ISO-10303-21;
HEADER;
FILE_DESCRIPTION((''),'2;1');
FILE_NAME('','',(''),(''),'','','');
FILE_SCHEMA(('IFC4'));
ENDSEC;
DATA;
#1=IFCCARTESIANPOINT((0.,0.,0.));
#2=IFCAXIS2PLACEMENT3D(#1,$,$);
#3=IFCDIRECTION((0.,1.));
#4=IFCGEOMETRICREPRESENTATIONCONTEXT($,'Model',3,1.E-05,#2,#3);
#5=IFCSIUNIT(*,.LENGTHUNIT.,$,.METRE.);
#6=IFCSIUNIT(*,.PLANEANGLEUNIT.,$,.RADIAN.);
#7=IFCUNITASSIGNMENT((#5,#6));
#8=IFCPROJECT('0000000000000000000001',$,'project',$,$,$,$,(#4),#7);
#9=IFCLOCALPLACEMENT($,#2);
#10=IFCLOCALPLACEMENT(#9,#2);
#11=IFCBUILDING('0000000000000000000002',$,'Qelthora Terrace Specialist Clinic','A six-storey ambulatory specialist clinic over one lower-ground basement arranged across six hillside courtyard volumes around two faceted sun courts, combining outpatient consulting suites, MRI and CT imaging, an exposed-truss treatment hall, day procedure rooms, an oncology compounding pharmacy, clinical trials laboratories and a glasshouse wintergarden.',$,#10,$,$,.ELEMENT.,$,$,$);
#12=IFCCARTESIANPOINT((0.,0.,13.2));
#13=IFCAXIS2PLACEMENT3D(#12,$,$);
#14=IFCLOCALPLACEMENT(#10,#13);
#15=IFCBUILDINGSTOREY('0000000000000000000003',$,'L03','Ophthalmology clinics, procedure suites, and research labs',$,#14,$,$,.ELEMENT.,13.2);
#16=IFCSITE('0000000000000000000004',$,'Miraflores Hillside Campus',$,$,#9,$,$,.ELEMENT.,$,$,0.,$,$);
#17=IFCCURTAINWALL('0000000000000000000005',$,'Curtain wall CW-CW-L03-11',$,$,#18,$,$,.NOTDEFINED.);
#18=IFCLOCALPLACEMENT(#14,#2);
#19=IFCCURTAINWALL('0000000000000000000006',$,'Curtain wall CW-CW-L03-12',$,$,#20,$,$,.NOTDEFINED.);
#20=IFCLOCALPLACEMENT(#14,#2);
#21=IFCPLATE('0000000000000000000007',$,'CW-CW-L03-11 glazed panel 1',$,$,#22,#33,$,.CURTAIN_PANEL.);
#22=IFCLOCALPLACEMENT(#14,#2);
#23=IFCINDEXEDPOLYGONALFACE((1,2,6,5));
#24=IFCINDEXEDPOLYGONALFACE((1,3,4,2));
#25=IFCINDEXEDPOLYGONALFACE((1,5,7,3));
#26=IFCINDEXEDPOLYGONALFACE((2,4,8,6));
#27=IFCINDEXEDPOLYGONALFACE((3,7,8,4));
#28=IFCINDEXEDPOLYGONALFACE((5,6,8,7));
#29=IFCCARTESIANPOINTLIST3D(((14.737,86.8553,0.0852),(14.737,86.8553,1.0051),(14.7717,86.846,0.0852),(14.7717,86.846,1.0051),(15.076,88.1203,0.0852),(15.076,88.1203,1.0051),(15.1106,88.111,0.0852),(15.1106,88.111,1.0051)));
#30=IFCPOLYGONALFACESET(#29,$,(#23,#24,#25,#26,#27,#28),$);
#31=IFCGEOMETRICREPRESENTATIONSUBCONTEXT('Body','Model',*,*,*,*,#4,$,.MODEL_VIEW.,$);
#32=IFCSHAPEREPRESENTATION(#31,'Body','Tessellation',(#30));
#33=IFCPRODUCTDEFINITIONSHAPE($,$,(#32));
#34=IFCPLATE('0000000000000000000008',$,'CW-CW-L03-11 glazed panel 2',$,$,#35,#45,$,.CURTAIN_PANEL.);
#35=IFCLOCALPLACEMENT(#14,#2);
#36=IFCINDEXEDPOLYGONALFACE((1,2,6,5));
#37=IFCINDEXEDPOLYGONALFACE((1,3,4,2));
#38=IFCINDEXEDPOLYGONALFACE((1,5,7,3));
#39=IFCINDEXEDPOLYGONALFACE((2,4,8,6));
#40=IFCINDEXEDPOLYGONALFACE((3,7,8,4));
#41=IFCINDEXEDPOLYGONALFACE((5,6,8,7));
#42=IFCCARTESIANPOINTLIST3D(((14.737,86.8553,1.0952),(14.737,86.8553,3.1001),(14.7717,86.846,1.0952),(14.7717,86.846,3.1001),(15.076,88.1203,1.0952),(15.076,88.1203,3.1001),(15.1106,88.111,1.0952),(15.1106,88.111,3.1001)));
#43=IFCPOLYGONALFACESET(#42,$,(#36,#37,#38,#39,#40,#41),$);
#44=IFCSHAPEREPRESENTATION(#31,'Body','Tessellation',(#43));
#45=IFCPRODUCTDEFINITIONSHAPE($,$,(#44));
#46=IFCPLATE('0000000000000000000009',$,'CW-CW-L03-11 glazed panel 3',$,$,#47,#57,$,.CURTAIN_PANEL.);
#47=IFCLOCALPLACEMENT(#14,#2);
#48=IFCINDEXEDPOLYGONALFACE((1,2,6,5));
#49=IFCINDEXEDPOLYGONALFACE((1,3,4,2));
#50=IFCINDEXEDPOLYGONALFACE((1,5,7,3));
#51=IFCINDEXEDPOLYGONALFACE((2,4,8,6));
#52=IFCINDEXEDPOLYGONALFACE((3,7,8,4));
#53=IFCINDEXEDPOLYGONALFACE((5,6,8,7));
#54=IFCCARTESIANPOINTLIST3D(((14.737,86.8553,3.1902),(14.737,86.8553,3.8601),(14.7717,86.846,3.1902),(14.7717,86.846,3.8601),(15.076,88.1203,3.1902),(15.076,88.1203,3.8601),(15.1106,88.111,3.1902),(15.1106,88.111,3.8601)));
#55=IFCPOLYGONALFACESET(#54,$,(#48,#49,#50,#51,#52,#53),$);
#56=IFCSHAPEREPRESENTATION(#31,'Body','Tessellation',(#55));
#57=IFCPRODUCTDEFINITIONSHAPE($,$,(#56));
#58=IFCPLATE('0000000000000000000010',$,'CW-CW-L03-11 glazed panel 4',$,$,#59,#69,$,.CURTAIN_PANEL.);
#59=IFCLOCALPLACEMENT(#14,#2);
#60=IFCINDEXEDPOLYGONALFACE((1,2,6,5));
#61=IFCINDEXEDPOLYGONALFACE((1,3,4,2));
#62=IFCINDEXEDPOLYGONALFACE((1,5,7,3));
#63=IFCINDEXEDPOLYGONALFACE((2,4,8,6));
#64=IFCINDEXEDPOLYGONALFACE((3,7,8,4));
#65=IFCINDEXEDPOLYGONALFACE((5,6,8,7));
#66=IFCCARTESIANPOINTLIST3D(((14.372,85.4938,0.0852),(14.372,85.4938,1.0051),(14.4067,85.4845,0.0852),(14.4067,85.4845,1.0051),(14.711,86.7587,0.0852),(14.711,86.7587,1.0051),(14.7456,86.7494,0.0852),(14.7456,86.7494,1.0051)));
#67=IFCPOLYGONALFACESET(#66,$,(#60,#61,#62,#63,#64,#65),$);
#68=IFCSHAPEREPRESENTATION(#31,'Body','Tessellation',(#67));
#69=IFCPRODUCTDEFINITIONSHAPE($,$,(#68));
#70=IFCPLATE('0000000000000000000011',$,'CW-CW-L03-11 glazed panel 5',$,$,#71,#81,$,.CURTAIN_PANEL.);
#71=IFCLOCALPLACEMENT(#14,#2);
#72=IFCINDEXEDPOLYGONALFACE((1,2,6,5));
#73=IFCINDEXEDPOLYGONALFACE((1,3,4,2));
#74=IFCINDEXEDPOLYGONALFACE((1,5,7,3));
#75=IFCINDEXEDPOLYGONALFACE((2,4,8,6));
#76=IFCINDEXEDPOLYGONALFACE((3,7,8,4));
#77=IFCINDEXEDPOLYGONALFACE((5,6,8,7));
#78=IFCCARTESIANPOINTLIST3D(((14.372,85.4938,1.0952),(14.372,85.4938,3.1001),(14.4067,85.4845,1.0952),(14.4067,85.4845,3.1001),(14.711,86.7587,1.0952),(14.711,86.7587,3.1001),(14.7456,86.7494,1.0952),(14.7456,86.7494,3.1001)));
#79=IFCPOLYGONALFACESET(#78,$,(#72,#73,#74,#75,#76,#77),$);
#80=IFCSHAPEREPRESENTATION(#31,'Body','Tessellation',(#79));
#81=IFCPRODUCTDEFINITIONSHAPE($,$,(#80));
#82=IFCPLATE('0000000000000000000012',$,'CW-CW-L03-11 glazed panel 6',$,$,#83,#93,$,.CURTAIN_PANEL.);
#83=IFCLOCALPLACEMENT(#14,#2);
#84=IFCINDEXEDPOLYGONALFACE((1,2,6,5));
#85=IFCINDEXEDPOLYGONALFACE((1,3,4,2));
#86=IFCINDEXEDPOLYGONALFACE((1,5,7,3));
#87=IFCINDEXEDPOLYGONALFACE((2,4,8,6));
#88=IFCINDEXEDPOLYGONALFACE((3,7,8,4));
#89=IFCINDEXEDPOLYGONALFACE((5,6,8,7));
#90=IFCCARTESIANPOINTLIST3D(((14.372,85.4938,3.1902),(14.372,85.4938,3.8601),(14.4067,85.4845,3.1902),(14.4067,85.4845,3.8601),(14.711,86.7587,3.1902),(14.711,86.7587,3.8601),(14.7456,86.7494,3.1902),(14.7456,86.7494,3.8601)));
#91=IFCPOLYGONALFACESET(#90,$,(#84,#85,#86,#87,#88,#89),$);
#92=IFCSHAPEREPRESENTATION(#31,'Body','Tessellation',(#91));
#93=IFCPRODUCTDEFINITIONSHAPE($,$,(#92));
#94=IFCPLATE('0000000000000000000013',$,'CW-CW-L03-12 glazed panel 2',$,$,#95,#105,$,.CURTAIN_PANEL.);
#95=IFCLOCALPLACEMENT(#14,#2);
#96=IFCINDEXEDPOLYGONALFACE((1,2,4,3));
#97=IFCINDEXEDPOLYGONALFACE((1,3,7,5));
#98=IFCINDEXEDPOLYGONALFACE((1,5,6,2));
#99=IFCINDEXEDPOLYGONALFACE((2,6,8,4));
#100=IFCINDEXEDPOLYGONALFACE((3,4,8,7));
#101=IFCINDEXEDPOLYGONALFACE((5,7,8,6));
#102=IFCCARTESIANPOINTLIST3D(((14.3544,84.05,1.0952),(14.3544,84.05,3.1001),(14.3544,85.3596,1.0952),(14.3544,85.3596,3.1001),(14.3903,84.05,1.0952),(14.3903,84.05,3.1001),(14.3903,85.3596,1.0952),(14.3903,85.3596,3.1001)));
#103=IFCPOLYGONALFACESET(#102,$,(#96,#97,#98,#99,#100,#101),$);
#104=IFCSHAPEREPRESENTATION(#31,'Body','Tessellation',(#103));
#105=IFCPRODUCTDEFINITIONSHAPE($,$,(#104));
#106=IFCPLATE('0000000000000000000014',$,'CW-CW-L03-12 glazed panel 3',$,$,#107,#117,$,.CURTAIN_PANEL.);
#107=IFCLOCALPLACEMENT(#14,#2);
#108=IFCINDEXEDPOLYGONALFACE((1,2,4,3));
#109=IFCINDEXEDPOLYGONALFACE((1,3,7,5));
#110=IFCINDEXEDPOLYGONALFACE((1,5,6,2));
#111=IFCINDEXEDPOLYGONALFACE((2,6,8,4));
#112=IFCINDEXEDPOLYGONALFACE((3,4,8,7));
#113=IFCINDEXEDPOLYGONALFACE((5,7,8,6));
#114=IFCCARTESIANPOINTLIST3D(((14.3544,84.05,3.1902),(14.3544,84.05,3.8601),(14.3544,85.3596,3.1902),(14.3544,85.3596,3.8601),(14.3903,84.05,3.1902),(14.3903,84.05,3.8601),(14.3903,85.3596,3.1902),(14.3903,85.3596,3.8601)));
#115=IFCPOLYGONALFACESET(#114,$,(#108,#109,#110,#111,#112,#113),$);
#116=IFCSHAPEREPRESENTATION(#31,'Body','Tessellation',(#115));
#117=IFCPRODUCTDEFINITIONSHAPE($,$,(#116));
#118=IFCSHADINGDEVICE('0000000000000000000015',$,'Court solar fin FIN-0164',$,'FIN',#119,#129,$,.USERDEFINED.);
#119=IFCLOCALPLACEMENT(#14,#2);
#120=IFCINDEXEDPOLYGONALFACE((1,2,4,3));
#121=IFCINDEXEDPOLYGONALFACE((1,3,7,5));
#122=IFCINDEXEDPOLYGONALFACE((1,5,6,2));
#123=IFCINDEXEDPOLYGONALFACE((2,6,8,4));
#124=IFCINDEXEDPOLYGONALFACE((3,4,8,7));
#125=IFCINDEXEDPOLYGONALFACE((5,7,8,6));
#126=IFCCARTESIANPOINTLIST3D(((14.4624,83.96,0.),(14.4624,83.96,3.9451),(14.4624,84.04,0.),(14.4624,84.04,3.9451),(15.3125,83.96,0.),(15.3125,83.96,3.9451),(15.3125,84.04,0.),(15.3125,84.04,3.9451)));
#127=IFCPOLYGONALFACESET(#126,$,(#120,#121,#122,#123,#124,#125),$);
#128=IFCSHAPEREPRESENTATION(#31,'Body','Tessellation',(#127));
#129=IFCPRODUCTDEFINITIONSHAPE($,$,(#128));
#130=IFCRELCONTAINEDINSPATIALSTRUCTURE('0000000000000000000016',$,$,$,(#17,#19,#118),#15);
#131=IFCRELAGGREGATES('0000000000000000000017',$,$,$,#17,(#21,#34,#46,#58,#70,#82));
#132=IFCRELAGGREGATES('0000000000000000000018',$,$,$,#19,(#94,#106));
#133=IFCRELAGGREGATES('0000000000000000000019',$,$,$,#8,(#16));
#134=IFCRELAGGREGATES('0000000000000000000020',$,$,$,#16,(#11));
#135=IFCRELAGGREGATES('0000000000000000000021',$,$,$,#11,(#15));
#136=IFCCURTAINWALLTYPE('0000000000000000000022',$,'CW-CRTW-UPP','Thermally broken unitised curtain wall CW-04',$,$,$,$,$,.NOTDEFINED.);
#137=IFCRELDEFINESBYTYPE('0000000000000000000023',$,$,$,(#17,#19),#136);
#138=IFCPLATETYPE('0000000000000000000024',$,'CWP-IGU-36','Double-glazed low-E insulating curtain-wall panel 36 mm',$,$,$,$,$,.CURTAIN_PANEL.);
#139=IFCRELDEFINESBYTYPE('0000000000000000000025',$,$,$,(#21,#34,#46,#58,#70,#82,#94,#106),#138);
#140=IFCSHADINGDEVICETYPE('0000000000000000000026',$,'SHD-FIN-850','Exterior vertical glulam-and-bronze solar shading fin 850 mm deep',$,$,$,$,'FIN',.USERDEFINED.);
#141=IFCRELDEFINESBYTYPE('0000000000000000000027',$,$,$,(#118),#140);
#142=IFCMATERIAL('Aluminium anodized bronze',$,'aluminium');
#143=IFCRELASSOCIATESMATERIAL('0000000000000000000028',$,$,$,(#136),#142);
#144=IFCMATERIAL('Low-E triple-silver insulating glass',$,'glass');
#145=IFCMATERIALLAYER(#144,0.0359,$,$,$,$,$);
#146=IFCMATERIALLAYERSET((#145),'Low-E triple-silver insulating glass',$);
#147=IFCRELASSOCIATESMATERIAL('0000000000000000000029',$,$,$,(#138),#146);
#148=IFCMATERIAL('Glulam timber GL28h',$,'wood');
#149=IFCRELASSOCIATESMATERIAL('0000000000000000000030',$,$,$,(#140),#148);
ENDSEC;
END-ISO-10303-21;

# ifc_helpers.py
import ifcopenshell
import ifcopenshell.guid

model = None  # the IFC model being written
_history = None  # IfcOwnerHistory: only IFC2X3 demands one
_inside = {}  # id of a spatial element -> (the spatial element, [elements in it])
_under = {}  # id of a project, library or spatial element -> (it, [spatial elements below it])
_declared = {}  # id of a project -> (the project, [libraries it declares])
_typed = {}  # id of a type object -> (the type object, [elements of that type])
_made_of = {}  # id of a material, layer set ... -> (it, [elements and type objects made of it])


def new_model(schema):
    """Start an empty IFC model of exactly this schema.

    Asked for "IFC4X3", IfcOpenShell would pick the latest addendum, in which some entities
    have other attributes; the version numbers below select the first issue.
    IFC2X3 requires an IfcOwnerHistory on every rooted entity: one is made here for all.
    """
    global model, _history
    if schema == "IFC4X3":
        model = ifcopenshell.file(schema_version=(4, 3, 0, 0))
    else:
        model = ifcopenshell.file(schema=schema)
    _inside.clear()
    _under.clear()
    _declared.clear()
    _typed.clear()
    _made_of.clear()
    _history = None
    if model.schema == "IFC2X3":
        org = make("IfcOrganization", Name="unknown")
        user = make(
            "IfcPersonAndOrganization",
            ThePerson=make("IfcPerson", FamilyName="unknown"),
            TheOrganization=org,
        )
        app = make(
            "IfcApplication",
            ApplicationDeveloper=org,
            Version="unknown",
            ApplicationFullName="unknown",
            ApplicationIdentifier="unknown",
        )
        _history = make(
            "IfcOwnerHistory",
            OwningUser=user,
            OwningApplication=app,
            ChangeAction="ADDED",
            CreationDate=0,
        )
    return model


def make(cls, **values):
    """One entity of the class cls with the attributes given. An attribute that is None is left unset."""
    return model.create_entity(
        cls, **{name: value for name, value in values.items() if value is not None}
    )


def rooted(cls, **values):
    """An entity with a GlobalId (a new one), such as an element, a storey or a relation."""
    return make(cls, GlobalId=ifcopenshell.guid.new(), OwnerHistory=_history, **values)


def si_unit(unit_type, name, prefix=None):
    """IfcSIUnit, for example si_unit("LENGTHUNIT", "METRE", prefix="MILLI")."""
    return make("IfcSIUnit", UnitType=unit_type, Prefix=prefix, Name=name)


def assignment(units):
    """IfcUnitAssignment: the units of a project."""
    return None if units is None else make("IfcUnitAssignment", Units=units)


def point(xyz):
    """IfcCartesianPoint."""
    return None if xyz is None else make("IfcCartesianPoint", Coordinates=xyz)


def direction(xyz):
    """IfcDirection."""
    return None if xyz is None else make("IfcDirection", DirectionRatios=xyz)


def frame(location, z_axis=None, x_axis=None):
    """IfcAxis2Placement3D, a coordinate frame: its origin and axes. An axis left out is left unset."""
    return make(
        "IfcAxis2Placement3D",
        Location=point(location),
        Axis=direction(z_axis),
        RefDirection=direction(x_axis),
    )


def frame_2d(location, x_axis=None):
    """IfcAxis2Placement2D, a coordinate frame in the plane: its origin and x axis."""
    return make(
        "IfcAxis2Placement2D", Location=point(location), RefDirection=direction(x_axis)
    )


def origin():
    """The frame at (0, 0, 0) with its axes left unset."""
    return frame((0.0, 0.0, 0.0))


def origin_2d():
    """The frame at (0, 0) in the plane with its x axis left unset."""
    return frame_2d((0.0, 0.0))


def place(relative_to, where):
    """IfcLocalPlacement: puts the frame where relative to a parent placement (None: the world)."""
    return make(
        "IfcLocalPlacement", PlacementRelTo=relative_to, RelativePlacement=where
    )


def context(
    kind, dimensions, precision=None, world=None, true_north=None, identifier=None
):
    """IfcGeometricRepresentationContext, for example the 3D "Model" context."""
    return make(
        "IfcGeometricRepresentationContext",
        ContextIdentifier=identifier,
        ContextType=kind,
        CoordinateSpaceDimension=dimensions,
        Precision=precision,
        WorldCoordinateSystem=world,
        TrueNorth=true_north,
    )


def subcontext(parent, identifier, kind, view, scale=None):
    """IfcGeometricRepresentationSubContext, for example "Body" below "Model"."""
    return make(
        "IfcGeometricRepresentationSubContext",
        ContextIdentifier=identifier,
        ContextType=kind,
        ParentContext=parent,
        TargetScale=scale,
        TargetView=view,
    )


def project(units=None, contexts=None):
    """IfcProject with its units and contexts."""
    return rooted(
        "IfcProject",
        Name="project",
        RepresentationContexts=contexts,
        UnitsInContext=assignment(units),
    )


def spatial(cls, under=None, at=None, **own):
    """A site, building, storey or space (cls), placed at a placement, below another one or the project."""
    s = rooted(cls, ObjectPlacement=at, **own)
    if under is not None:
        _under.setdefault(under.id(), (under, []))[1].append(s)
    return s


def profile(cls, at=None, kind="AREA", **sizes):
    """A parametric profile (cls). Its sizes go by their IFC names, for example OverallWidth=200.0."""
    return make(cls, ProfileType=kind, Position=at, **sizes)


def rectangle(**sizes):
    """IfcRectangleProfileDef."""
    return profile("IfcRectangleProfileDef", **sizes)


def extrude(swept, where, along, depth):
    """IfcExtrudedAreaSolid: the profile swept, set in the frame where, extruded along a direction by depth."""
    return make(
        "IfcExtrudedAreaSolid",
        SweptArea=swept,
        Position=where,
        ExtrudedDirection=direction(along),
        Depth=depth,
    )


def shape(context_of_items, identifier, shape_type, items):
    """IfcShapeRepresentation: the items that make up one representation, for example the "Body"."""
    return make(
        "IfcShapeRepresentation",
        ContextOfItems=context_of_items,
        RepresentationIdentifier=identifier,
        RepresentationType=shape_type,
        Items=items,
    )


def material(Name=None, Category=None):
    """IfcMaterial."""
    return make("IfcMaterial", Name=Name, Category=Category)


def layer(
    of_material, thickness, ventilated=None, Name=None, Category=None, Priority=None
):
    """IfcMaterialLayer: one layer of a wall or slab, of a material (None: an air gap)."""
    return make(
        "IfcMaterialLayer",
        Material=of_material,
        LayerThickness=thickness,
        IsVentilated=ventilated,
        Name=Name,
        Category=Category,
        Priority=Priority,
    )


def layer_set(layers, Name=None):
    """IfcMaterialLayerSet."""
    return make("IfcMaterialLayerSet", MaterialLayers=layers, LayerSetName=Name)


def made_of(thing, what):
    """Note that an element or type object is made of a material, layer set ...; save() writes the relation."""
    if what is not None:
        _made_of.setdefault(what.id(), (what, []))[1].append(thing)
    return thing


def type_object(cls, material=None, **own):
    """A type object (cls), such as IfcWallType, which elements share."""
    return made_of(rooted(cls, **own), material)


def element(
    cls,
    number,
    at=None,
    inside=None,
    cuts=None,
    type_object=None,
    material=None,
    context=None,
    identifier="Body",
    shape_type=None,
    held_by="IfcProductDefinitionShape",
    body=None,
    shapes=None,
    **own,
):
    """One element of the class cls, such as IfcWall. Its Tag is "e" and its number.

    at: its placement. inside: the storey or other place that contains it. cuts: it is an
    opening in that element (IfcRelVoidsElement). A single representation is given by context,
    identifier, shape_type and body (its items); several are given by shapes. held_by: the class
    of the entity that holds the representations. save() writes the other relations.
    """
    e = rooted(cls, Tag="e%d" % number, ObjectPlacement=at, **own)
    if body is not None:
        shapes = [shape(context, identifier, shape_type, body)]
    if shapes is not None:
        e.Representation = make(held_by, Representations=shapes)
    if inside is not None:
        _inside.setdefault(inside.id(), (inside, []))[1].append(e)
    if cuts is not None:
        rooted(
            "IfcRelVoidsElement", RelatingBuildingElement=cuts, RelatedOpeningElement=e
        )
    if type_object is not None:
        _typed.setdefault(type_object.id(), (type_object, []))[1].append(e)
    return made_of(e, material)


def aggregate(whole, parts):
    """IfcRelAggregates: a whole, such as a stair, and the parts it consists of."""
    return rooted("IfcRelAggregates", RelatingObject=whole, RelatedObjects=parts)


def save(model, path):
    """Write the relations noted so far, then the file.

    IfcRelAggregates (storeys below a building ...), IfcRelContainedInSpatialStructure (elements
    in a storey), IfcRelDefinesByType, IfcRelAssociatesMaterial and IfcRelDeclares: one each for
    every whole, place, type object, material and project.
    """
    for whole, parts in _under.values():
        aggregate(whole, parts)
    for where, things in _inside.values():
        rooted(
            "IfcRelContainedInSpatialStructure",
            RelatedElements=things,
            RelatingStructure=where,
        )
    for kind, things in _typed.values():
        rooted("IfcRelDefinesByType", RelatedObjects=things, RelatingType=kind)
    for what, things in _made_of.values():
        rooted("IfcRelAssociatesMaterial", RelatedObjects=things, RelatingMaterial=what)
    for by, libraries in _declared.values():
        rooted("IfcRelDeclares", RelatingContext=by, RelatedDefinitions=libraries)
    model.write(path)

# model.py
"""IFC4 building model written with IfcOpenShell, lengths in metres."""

from ifc_helpers import new_model, si_unit, direction, frame, origin, origin_2d, place, context, subcontext, project, spatial, rectangle, extrude, material, layer, layer_set, type_object, element, aggregate, save


model = new_model("IFC4")

# Units and contexts
model_context = context("Model", 3, precision=1e-05, world=origin(), true_north=direction((0.0, 1.0)))
body_context = subcontext(model_context, "Body", "Model", "MODEL_VIEW")
ifc_project = project(units=[si_unit("LENGTHUNIT", "METRE"), si_unit("PLANEANGLEUNIT", "RADIAN")], contexts=[model_context])

# Site, building, storey
site_placement = place(None, origin())
site = spatial("IfcSite", under=ifc_project, at=site_placement, Name="Miraflores Hillside Campus", CompositionType="ELEMENT", RefElevation=0.0)
building_placement = place(site_placement, origin())
building = spatial("IfcBuilding", under=site, at=building_placement, Name="Qelthora Terrace Specialist Clinic", Description="A six-storey ambulatory specialist clinic over one lower-ground basement arranged across six hillside courtyard volumes around two faceted sun courts, combining outpatient consulting suites, MRI and CT imaging, an exposed-truss treatment hall, day procedure rooms, an oncology compounding pharmacy, clinical trials laboratories and a glasshouse wintergarden.", CompositionType="ELEMENT")
storey_placement = place(building_placement, frame((0.0, 0.0, 13.2)))
storey = spatial("IfcBuildingStorey", under=building, at=storey_placement, Name="L03", Description="Ophthalmology clinics, procedure suites, and research labs", CompositionType="ELEMENT", Elevation=13.2)

# Curtain wall
ifc_material_1 = material(Name="Aluminium anodized bronze", Category="aluminium")
curtain_wall_type = type_object("IfcCurtainWallType", Name="CW-CRTW-UPP", Description="Thermally broken unitised curtain wall CW-04", PredefinedType="NOTDEFINED", material=ifc_material_1)
curtain_wall_1_placement = place(storey_placement, origin())
curtain_wall_1 = element("IfcCurtainWall", 1, at=curtain_wall_1_placement, inside=storey, type_object=curtain_wall_type, Name="Curtain wall CW-CW-L03-11", PredefinedType="NOTDEFINED")

# Curtain wall
curtain_wall_2_placement = place(storey_placement, origin())
curtain_wall_2 = element("IfcCurtainWall", 2, at=curtain_wall_2_placement, inside=storey, type_object=curtain_wall_type, Name="Curtain wall CW-CW-L03-12", PredefinedType="NOTDEFINED")

# Plates
ifc_material_2 = material(Name="Low-E triple-silver insulating glass", Category="glass")
ifc_layer = layer(ifc_material_2, 0.0359)
ifc_layer_set = layer_set([ifc_layer], Name="Low-E triple-silver insulating glass")
plate_type = type_object("IfcPlateType", Name="CWP-IGU-36", Description="Double-glazed low-E insulating curtain-wall panel 36 mm", PredefinedType="CURTAIN_PANEL", material=ifc_layer_set)
plate_1_placement = place(storey_placement, frame((14.9238, 87.4832, 0.0852), z_axis=(0.0, 0.0, 1.0), x_axis=(-0.258821, -0.965925, 0.0)))
plate_1 = element("IfcPlate", 3, at=plate_1_placement, type_object=plate_type, Name="CW-CW-L03-11 glazed panel 1", PredefinedType="CURTAIN_PANEL", context=body_context, shape_type="SweptSolid", body=[
    extrude(rectangle(XDim=1.3096, YDim=0.0359, at=origin_2d()), origin(), (0.0, 0.0, 1.0), 0.9199),
])
plate_2_placement = place(storey_placement, frame((14.9238, 87.4832, 1.0952), z_axis=(0.0, 0.0, 1.0), x_axis=(-0.258821, -0.965925, 0.0)))
plate_2 = element("IfcPlate", 4, at=plate_2_placement, type_object=plate_type, Name="CW-CW-L03-11 glazed panel 2", PredefinedType="CURTAIN_PANEL", context=body_context, shape_type="SweptSolid", body=[
    extrude(rectangle(XDim=1.3096, YDim=0.0359, at=origin_2d()), origin(), (0.0, 0.0, 1.0), 2.0049),
])
plate_3_placement = place(storey_placement, frame((14.9238, 87.4832, 3.1902), z_axis=(0.0, 0.0, 1.0), x_axis=(-0.258821, -0.965925, 0.0)))
plate_3 = element("IfcPlate", 5, at=plate_3_placement, type_object=plate_type, Name="CW-CW-L03-11 glazed panel 3", PredefinedType="CURTAIN_PANEL", context=body_context, shape_type="SweptSolid", body=[
    extrude(rectangle(XDim=1.3096, YDim=0.0359, at=origin_2d()), origin(), (0.0, 0.0, 1.0), 0.6699),
])
plate_4_placement = place(storey_placement, frame((14.5588, 86.1216, 0.0852), z_axis=(0.0, 0.0, 1.0), x_axis=(-0.258821, -0.965925, 0.0)))
plate_4 = element("IfcPlate", 6, at=plate_4_placement, type_object=plate_type, Name="CW-CW-L03-11 glazed panel 4", PredefinedType="CURTAIN_PANEL", context=body_context, shape_type="SweptSolid", body=[
    extrude(rectangle(XDim=1.3096, YDim=0.0359, at=origin_2d()), origin(), (0.0, 0.0, 1.0), 0.9199),
])
plate_5_placement = place(storey_placement, frame((14.5588, 86.1216, 1.0952), z_axis=(0.0, 0.0, 1.0), x_axis=(-0.258821, -0.965925, 0.0)))
plate_5 = element("IfcPlate", 7, at=plate_5_placement, type_object=plate_type, Name="CW-CW-L03-11 glazed panel 5", PredefinedType="CURTAIN_PANEL", context=body_context, shape_type="SweptSolid", body=[
    extrude(rectangle(XDim=1.3096, YDim=0.0359, at=origin_2d()), origin(), (0.0, 0.0, 1.0), 2.0049),
])
plate_6_placement = place(storey_placement, frame((14.5588, 86.1216, 3.1902), z_axis=(0.0, 0.0, 1.0), x_axis=(-0.258821, -0.965925, 0.0)))
plate_6 = element("IfcPlate", 8, at=plate_6_placement, type_object=plate_type, Name="CW-CW-L03-11 glazed panel 6", PredefinedType="CURTAIN_PANEL", context=body_context, shape_type="SweptSolid", body=[
    extrude(rectangle(XDim=1.3096, YDim=0.0359, at=origin_2d()), origin(), (0.0, 0.0, 1.0), 0.6699),
])
aggregate(curtain_wall_1, [plate_1, plate_2, plate_3, plate_4, plate_5, plate_6])
plate_7_placement = place(storey_placement, frame((14.3723, 84.7048, 1.0952), z_axis=(0.0, 0.0, 1.0), x_axis=(0.0, -1.0, 0.0)))
plate_7 = element("IfcPlate", 9, at=plate_7_placement, type_object=plate_type, Name="CW-CW-L03-12 glazed panel 2", PredefinedType="CURTAIN_PANEL", context=body_context, shape_type="SweptSolid", body=[
    extrude(rectangle(XDim=1.3096, YDim=0.0359, at=origin_2d()), origin(), (0.0, 0.0, 1.0), 2.0049),
])
plate_8_placement = place(storey_placement, frame((14.3723, 84.7048, 3.1902), z_axis=(0.0, 0.0, 1.0), x_axis=(0.0, -1.0, 0.0)))
plate_8 = element("IfcPlate", 10, at=plate_8_placement, type_object=plate_type, Name="CW-CW-L03-12 glazed panel 3", PredefinedType="CURTAIN_PANEL", context=body_context, shape_type="SweptSolid", body=[
    extrude(rectangle(XDim=1.3096, YDim=0.0359, at=origin_2d()), origin(), (0.0, 0.0, 1.0), 0.6699),
])
aggregate(curtain_wall_2, [plate_7, plate_8])

# Shading device
ifc_material_3 = material(Name="Glulam timber GL28h", Category="wood")
shading_device_type = type_object("IfcShadingDeviceType", Name="SHD-FIN-850", Description="Exterior vertical glulam-and-bronze solar shading fin 850 mm deep", ElementType="FIN", PredefinedType="USERDEFINED", material=ifc_material_3)
shading_device_placement = place(storey_placement, frame((14.8875, 84.0, 0.0), z_axis=(0.0, 0.0, 1.0), x_axis=(1.0, 0.0, 0.0)))
element("IfcShadingDevice", 11, at=shading_device_placement, inside=storey, type_object=shading_device_type, Name="Court solar fin FIN-0164", ObjectType="FIN", PredefinedType="USERDEFINED", context=body_context, shape_type="SweptSolid", body=[
    extrude(rectangle(XDim=0.8501, YDim=0.0801, at=origin_2d()), origin(), (0.0, 0.0, 1.0), 3.9451),
])

save(model, "model.ifc")
